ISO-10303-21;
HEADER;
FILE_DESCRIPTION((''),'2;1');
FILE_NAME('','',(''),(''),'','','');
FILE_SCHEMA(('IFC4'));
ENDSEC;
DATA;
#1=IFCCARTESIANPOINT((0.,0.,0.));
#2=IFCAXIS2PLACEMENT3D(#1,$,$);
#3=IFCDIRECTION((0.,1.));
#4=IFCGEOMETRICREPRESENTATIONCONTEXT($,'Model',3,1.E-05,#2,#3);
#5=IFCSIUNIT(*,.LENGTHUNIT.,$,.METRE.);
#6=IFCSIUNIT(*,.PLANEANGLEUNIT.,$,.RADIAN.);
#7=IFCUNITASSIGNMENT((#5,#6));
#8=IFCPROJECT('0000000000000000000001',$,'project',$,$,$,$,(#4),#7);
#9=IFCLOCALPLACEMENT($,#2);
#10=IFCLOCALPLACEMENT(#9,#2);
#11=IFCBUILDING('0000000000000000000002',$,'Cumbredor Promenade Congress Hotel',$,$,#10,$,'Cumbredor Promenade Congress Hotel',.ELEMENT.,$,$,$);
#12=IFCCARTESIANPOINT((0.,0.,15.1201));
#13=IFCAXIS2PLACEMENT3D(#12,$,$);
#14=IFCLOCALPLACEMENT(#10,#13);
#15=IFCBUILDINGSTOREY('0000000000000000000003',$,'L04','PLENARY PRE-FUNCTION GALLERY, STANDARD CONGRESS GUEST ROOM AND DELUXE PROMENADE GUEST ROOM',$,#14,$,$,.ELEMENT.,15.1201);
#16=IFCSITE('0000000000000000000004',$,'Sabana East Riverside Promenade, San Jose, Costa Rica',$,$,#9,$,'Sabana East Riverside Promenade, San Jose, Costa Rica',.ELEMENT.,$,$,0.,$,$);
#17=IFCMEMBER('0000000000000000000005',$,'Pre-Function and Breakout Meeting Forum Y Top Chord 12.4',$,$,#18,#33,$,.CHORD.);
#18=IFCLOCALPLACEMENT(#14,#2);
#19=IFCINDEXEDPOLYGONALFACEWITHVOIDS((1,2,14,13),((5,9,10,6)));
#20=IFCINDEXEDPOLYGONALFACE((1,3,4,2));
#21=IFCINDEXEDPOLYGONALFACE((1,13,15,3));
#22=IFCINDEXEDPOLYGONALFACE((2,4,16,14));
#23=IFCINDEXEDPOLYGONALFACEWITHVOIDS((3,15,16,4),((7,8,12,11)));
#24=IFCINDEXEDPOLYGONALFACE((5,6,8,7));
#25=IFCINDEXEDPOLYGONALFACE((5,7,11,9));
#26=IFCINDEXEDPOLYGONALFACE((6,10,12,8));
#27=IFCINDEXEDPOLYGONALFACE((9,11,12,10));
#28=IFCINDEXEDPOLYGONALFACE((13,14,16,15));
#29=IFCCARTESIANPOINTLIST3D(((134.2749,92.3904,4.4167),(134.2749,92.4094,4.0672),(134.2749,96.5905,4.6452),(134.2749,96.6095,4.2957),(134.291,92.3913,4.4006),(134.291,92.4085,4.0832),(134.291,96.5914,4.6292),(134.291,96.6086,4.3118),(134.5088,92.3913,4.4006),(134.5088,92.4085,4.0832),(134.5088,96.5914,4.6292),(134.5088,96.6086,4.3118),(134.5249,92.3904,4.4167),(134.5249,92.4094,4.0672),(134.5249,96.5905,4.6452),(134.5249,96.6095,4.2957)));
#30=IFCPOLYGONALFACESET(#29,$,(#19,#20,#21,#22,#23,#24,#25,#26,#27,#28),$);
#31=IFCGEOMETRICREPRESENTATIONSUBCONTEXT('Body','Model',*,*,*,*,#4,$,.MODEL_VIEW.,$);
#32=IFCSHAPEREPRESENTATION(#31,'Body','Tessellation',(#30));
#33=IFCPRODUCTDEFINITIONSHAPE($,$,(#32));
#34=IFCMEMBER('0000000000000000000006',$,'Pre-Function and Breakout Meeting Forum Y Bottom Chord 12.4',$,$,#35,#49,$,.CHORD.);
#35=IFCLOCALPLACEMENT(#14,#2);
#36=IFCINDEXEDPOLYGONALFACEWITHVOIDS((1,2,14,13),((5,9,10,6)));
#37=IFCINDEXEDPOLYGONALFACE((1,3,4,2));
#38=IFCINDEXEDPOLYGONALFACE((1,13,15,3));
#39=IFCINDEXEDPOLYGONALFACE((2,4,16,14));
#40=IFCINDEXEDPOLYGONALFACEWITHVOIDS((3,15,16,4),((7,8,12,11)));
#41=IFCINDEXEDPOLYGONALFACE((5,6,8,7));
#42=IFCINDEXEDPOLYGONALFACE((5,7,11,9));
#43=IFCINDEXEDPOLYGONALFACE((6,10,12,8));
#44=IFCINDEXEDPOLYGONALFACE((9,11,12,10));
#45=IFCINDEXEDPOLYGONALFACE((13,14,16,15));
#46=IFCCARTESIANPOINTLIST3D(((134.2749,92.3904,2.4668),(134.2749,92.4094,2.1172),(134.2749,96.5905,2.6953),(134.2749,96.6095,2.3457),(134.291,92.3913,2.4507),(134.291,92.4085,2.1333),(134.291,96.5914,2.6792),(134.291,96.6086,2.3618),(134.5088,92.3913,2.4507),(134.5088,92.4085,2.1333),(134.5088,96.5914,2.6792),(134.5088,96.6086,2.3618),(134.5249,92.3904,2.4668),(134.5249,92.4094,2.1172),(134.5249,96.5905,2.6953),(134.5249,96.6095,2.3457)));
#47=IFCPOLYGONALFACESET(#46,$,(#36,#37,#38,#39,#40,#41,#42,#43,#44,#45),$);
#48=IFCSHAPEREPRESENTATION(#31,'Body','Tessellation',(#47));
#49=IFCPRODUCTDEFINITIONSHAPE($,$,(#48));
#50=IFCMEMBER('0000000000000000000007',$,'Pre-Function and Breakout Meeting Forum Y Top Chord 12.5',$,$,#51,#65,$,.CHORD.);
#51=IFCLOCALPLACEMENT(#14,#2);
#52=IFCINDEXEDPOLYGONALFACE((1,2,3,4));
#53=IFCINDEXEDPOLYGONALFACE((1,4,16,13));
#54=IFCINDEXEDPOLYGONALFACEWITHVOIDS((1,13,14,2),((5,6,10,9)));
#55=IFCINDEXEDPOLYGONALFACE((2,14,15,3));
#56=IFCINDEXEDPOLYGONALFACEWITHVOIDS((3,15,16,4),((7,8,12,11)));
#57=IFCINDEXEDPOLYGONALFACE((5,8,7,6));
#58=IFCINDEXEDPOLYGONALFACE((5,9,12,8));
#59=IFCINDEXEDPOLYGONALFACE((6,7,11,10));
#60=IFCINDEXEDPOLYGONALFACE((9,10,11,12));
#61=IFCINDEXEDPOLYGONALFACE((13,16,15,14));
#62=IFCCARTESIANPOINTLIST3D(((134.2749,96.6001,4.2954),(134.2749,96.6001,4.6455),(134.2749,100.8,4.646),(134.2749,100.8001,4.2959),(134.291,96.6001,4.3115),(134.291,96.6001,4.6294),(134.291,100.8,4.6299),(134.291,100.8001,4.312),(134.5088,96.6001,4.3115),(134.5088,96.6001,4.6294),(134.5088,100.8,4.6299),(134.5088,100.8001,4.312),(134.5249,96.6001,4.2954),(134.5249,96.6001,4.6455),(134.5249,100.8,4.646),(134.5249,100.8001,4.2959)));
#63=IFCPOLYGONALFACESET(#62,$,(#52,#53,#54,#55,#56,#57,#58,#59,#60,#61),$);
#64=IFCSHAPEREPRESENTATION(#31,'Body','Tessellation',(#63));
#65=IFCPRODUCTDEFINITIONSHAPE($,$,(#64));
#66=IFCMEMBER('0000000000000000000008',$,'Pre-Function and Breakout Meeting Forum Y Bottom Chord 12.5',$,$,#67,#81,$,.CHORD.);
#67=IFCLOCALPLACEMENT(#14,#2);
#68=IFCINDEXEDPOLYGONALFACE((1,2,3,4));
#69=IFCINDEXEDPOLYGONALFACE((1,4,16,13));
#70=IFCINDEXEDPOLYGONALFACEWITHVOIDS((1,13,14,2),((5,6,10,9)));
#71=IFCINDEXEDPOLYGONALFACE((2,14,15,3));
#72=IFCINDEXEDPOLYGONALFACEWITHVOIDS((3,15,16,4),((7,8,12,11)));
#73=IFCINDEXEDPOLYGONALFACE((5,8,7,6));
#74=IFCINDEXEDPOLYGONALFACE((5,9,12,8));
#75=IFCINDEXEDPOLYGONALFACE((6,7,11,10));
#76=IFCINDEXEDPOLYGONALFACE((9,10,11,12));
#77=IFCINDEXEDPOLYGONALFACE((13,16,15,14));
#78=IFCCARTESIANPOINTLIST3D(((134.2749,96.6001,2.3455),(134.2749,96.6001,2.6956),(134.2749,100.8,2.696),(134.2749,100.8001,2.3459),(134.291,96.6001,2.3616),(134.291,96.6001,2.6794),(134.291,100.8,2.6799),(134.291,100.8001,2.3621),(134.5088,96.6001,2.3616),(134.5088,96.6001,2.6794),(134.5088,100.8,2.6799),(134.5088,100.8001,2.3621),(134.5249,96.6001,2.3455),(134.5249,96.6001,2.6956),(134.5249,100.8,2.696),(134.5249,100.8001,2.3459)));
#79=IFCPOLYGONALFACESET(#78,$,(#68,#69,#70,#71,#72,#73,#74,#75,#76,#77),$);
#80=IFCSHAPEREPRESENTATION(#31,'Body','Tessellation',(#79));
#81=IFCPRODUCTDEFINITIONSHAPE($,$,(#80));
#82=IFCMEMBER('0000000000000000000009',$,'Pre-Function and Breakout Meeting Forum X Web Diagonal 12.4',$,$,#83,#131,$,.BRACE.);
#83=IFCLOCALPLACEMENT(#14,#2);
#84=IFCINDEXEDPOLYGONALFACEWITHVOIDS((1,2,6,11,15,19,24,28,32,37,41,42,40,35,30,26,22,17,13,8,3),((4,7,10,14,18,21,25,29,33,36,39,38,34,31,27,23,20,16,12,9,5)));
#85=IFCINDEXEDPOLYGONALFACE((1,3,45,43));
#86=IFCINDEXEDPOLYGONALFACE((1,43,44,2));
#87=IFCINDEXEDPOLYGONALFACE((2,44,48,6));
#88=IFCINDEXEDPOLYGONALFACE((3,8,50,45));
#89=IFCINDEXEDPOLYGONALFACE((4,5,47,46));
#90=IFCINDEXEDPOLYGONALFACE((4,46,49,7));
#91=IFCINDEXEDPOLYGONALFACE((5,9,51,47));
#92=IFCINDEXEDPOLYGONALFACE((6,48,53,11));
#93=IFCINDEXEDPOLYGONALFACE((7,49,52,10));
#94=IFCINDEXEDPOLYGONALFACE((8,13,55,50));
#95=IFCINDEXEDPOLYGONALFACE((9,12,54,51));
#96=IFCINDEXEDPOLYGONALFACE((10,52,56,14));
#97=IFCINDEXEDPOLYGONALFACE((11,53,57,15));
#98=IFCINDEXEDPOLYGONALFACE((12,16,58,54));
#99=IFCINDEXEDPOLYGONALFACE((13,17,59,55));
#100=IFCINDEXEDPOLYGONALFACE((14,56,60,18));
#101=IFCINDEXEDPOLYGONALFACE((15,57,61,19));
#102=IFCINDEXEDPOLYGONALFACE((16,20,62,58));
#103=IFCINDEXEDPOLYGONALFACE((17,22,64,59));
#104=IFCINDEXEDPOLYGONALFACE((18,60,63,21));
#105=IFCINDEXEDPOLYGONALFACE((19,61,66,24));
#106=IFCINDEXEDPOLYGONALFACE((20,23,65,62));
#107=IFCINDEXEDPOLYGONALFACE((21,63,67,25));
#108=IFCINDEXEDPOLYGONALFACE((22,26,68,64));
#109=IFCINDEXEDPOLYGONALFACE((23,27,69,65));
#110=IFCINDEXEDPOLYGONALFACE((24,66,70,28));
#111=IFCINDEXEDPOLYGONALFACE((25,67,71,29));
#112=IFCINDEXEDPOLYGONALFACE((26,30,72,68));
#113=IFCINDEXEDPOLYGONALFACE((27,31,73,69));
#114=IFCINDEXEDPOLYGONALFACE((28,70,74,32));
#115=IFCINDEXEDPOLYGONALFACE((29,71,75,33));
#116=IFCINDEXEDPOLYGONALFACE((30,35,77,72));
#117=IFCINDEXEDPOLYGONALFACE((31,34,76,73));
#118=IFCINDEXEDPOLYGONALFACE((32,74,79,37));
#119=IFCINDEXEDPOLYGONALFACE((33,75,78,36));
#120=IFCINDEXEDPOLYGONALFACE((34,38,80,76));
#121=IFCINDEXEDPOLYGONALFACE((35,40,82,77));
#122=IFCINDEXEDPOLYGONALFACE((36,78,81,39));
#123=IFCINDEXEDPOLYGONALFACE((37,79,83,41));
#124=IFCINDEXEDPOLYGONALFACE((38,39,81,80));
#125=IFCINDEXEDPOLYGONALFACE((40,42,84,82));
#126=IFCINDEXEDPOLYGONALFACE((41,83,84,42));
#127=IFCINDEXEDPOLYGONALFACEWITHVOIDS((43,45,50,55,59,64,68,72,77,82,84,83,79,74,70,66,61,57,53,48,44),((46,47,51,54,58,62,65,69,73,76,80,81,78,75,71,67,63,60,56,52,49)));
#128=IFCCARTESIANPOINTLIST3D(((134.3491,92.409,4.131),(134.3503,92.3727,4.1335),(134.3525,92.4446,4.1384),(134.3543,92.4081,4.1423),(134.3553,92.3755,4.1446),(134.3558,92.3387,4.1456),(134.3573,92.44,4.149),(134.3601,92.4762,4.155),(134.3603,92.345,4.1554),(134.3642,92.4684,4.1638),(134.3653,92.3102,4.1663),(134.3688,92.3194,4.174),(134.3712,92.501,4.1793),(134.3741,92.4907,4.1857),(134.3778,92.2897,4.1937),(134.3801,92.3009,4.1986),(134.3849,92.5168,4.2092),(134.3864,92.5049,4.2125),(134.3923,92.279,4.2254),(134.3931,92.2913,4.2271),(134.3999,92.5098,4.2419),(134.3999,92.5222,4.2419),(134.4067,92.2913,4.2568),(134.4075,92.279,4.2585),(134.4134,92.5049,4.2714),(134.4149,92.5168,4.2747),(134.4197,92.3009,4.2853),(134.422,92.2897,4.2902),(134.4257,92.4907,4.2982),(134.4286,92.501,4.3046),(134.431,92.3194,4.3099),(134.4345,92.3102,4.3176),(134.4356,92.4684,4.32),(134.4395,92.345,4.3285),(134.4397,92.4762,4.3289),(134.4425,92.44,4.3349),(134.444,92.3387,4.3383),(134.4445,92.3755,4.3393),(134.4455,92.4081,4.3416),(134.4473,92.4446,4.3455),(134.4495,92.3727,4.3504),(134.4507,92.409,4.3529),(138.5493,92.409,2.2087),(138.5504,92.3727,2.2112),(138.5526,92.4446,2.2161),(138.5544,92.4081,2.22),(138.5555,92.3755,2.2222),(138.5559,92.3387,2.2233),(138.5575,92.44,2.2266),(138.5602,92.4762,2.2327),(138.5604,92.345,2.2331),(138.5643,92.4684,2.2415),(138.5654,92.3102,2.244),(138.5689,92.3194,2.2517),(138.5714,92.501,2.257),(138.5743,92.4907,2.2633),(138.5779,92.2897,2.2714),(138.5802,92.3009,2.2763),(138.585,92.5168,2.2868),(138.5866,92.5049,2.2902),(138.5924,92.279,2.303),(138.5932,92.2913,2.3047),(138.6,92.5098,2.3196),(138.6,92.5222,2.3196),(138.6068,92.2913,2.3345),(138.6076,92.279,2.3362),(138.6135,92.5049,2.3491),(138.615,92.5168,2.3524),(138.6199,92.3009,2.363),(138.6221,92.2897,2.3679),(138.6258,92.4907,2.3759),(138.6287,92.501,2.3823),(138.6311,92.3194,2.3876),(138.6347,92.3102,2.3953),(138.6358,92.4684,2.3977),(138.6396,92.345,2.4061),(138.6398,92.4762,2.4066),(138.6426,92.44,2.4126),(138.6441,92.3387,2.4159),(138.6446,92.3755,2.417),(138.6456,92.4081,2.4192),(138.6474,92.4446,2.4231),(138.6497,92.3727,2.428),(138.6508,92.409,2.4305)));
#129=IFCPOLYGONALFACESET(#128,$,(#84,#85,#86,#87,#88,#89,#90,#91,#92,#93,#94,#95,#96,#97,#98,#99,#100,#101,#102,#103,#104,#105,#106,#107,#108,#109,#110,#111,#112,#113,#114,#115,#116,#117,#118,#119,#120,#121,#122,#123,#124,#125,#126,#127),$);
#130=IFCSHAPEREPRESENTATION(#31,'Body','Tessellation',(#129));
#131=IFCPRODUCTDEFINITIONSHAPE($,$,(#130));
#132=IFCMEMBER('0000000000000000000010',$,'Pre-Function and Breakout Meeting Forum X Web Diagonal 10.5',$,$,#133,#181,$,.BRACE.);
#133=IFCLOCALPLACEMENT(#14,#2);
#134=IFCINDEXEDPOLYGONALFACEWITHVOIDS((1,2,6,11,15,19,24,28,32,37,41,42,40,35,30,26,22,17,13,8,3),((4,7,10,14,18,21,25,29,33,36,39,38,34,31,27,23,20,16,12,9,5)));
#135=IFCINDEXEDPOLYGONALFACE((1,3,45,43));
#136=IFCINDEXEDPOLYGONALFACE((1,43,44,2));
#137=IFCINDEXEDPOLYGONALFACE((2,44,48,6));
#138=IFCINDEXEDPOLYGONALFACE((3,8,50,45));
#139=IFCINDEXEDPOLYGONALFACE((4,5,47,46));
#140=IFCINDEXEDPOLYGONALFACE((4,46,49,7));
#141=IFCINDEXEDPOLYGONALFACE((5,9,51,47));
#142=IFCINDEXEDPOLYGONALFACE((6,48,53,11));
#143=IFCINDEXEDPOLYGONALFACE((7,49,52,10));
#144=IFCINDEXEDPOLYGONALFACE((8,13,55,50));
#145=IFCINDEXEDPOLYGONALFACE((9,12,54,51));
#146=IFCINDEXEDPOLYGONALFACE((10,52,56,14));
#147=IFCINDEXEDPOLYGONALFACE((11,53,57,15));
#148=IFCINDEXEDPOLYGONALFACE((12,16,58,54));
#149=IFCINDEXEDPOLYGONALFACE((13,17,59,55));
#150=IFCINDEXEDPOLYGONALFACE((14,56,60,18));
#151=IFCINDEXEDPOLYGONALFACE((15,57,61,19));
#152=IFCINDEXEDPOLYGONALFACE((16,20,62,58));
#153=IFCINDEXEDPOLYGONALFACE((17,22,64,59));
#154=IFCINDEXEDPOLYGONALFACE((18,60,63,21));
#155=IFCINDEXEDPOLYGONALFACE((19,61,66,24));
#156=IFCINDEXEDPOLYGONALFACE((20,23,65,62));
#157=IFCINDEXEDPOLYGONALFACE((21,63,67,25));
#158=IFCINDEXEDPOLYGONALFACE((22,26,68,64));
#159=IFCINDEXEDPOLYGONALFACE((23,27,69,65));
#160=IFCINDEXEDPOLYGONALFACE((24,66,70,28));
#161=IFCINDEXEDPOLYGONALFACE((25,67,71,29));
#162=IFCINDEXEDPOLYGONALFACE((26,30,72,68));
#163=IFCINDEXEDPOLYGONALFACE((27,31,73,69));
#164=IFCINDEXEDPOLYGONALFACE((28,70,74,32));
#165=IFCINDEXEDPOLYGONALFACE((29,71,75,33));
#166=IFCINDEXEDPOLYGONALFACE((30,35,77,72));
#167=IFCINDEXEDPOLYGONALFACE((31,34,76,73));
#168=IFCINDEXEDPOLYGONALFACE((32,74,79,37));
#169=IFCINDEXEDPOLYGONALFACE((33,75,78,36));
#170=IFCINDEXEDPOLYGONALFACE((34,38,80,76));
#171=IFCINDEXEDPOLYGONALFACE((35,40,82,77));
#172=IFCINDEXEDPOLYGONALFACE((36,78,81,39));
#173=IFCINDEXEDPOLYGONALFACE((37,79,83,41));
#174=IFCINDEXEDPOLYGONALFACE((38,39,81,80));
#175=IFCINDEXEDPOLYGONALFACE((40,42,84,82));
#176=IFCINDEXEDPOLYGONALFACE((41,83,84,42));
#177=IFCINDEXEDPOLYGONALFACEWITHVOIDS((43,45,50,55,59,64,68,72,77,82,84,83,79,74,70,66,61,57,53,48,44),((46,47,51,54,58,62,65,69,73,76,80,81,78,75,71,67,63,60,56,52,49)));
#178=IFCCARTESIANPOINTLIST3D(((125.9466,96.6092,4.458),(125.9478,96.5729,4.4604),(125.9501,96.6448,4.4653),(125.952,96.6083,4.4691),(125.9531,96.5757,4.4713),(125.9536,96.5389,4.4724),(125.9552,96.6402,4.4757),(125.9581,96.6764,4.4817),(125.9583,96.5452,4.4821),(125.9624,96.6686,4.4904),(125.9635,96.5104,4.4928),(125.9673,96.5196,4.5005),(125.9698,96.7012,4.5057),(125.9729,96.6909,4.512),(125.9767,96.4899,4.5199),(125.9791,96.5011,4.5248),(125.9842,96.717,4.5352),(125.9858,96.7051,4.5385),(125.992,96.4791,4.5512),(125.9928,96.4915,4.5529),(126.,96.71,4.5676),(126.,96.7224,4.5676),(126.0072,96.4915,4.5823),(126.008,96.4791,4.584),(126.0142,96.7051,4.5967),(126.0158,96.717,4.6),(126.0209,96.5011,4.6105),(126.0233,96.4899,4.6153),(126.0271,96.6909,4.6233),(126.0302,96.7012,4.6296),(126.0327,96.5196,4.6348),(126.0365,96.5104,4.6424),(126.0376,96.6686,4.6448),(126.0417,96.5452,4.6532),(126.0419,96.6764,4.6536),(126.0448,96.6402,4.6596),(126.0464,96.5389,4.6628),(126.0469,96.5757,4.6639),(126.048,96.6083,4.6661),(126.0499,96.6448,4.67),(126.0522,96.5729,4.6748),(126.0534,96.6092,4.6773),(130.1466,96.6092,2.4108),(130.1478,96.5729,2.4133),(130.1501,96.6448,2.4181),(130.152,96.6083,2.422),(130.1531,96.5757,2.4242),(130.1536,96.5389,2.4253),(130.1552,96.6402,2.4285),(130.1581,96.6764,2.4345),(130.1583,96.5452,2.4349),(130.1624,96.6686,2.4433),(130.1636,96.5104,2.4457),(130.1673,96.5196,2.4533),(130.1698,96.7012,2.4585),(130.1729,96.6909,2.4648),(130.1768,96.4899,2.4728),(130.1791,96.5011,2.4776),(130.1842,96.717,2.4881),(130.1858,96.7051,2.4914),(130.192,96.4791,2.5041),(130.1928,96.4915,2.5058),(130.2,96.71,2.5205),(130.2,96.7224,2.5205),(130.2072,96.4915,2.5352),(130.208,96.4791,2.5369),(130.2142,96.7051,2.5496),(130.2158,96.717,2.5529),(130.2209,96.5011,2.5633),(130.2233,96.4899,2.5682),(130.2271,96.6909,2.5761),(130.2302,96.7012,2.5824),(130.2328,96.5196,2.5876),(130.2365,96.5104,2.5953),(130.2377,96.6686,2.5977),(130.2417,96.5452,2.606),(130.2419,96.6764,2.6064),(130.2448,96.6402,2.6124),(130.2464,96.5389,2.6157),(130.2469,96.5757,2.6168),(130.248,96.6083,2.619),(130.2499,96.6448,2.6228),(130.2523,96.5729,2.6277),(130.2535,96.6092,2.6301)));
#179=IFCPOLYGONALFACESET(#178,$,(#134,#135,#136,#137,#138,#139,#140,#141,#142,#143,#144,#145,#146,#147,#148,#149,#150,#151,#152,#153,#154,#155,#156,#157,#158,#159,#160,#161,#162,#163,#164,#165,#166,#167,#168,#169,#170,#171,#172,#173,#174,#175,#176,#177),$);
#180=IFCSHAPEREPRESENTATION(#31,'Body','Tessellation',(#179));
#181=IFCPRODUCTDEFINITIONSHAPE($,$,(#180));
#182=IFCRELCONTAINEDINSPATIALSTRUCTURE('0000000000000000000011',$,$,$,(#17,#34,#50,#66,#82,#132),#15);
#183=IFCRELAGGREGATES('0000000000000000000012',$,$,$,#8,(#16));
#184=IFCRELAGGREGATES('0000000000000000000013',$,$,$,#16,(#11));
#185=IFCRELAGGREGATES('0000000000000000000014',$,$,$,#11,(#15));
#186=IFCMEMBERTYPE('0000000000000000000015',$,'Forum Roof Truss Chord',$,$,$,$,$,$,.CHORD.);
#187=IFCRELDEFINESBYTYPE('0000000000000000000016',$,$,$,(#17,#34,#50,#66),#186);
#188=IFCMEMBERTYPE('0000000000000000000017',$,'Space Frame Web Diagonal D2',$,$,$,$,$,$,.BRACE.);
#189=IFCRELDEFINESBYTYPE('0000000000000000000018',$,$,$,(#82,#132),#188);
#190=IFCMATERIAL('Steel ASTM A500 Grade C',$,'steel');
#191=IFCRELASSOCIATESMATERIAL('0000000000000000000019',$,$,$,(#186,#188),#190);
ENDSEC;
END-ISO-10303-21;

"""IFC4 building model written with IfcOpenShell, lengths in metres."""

from ifc_helpers import new_model, si_unit, direction, frame, origin, origin_2d, place, context, subcontext, project, spatial, hollow_rectangle, hollow_circle, extrude, material, material_profile, profile_set, type_object, element, save


model = new_model("IFC4")

# Units and contexts
model_context = context("Model", 3, precision=1e-05, world=origin(), true_north=direction((0.0, 1.0)))
body_context = subcontext(model_context, "Body", "Model", "MODEL_VIEW")
ifc_project = project(units=[si_unit("LENGTHUNIT", "METRE"), si_unit("PLANEANGLEUNIT", "RADIAN")], contexts=[model_context])

# Site, building, storey
site_placement = place(None, origin())
site = spatial("IfcSite", under=ifc_project, at=site_placement, Name="Sabana East Riverside Promenade, San Jose, Costa Rica", LongName="Sabana East Riverside Promenade, San Jose, Costa Rica", CompositionType="ELEMENT", RefElevation=0.0)
building_placement = place(site_placement, origin())
building = spatial("IfcBuilding", under=site, at=building_placement, Name="Cumbredor Promenade Congress Hotel", LongName="Cumbredor Promenade Congress Hotel", CompositionType="ELEMENT")
storey_placement = place(building_placement, frame((0.0, 0.0, 15.1201)))
storey = spatial("IfcBuildingStorey", under=building, at=storey_placement, Name="L04", Description="PLENARY PRE-FUNCTION GALLERY, STANDARD CONGRESS GUEST ROOM AND DELUXE PROMENADE GUEST ROOM", CompositionType="ELEMENT", Elevation=15.1201)

# Members
ifc_material_1 = material(Name="Steel ASTM A500 Grade C", Category="steel")
ifc_material_profile_1 = material_profile(ifc_material_1, hollow_rectangle(XDim=0.25, YDim=0.3501, WallThickness=0.0161, at=origin_2d()), Name="HSS 350x250x16")
ifc_profile_set_1 = profile_set([ifc_material_profile_1], Name="Steel ASTM A500 Grade C")
member_type_1 = type_object("IfcMemberType", Name="Forum Roof Truss Chord", PredefinedType="CHORD", material=ifc_profile_set_1)
for number, where, z_axis, x_axis, name in (
    (1, (134.3999, 92.3999, 4.2419), (0.0, 0.998523, 0.054326), (-1.0, 0.0, 0.0), "Pre-Function and Breakout Meeting Forum Y Top Chord 12.4"),
    (2, (134.3999, 92.3999, 2.292), (0.0, 0.998523, 0.054326), (-1.0, 0.0, 0.0), "Pre-Function and Breakout Meeting Forum Y Bottom Chord 12.4"),
):
    element("IfcMember", number, at=place(storey_placement, frame(where, z_axis=z_axis, x_axis=x_axis)), inside=storey, type_object=member_type_1, Name=name, PredefinedType="CHORD", context=body_context, shape_type="SweptSolid", body=[
        extrude(hollow_rectangle(XDim=0.25, YDim=0.3501, WallThickness=0.0161, at=origin_2d()), origin(), (0.0, 0.0, 1.0), 4.2063),
    ])
for number, where, z_axis, x_axis, name in (
    (3, (134.3999, 96.6001, 4.4705), (0.0, 1.0, 0.000116), (-1.0, 0.0, 0.0), "Pre-Function and Breakout Meeting Forum Y Top Chord 12.5"),
    (4, (134.3999, 96.6001, 2.5205), (0.0, 1.0, 0.000116), (-1.0, 0.0, 0.0), "Pre-Function and Breakout Meeting Forum Y Bottom Chord 12.5"),
):
    element("IfcMember", number, at=place(storey_placement, frame(where, z_axis=z_axis, x_axis=x_axis)), inside=storey, type_object=member_type_1, Name=name, PredefinedType="CHORD", context=body_context, shape_type="SweptSolid", body=[
        extrude(hollow_rectangle(XDim=0.25, YDim=0.3501, WallThickness=0.0161, at=origin_2d()), origin(), (0.0, 0.0, 1.0), 4.2),
    ])
ifc_material_profile_2 = material_profile(ifc_material_1, hollow_circle(Radius=0.1223, WallThickness=0.0125, at=origin_2d()), Name="CHS 244.5x12.5")
ifc_profile_set_2 = profile_set([ifc_material_profile_2], Name="Steel ASTM A500 Grade C")
member_type_2 = type_object("IfcMemberType", Name="Space Frame Web Diagonal D2", PredefinedType="BRACE", material=ifc_profile_set_2)
member_1_placement = place(storey_placement, frame((134.3999, 92.3999, 4.2419), z_axis=(0.909288, 0.0, -0.416167), x_axis=(0.0, 1.0, 0.0)))
element("IfcMember", 5, at=member_1_placement, inside=storey, type_object=member_type_2, Name="Pre-Function and Breakout Meeting Forum X Web Diagonal 12.4", PredefinedType="BRACE", context=body_context, shape_type="SweptSolid", body=[
    extrude(hollow_circle(Radius=0.1223, WallThickness=0.0125, at=origin_2d()), origin(), (0.0, 0.0, 1.0), 4.6191),
])
member_2_placement = place(storey_placement, frame((126.0, 96.6001, 4.5676), z_axis=(0.898907, 0.0, -0.438141), x_axis=(0.0, 1.0, 0.0)))
element("IfcMember", 6, at=member_2_placement, inside=storey, type_object=member_type_2, Name="Pre-Function and Breakout Meeting Forum X Web Diagonal 10.5", PredefinedType="BRACE", context=body_context, shape_type="SweptSolid", body=[
    extrude(hollow_circle(Radius=0.1223, WallThickness=0.0125, at=origin_2d()), origin(), (0.0, 0.0, 1.0), 4.6724),
])

save(model, "model.ifc")
